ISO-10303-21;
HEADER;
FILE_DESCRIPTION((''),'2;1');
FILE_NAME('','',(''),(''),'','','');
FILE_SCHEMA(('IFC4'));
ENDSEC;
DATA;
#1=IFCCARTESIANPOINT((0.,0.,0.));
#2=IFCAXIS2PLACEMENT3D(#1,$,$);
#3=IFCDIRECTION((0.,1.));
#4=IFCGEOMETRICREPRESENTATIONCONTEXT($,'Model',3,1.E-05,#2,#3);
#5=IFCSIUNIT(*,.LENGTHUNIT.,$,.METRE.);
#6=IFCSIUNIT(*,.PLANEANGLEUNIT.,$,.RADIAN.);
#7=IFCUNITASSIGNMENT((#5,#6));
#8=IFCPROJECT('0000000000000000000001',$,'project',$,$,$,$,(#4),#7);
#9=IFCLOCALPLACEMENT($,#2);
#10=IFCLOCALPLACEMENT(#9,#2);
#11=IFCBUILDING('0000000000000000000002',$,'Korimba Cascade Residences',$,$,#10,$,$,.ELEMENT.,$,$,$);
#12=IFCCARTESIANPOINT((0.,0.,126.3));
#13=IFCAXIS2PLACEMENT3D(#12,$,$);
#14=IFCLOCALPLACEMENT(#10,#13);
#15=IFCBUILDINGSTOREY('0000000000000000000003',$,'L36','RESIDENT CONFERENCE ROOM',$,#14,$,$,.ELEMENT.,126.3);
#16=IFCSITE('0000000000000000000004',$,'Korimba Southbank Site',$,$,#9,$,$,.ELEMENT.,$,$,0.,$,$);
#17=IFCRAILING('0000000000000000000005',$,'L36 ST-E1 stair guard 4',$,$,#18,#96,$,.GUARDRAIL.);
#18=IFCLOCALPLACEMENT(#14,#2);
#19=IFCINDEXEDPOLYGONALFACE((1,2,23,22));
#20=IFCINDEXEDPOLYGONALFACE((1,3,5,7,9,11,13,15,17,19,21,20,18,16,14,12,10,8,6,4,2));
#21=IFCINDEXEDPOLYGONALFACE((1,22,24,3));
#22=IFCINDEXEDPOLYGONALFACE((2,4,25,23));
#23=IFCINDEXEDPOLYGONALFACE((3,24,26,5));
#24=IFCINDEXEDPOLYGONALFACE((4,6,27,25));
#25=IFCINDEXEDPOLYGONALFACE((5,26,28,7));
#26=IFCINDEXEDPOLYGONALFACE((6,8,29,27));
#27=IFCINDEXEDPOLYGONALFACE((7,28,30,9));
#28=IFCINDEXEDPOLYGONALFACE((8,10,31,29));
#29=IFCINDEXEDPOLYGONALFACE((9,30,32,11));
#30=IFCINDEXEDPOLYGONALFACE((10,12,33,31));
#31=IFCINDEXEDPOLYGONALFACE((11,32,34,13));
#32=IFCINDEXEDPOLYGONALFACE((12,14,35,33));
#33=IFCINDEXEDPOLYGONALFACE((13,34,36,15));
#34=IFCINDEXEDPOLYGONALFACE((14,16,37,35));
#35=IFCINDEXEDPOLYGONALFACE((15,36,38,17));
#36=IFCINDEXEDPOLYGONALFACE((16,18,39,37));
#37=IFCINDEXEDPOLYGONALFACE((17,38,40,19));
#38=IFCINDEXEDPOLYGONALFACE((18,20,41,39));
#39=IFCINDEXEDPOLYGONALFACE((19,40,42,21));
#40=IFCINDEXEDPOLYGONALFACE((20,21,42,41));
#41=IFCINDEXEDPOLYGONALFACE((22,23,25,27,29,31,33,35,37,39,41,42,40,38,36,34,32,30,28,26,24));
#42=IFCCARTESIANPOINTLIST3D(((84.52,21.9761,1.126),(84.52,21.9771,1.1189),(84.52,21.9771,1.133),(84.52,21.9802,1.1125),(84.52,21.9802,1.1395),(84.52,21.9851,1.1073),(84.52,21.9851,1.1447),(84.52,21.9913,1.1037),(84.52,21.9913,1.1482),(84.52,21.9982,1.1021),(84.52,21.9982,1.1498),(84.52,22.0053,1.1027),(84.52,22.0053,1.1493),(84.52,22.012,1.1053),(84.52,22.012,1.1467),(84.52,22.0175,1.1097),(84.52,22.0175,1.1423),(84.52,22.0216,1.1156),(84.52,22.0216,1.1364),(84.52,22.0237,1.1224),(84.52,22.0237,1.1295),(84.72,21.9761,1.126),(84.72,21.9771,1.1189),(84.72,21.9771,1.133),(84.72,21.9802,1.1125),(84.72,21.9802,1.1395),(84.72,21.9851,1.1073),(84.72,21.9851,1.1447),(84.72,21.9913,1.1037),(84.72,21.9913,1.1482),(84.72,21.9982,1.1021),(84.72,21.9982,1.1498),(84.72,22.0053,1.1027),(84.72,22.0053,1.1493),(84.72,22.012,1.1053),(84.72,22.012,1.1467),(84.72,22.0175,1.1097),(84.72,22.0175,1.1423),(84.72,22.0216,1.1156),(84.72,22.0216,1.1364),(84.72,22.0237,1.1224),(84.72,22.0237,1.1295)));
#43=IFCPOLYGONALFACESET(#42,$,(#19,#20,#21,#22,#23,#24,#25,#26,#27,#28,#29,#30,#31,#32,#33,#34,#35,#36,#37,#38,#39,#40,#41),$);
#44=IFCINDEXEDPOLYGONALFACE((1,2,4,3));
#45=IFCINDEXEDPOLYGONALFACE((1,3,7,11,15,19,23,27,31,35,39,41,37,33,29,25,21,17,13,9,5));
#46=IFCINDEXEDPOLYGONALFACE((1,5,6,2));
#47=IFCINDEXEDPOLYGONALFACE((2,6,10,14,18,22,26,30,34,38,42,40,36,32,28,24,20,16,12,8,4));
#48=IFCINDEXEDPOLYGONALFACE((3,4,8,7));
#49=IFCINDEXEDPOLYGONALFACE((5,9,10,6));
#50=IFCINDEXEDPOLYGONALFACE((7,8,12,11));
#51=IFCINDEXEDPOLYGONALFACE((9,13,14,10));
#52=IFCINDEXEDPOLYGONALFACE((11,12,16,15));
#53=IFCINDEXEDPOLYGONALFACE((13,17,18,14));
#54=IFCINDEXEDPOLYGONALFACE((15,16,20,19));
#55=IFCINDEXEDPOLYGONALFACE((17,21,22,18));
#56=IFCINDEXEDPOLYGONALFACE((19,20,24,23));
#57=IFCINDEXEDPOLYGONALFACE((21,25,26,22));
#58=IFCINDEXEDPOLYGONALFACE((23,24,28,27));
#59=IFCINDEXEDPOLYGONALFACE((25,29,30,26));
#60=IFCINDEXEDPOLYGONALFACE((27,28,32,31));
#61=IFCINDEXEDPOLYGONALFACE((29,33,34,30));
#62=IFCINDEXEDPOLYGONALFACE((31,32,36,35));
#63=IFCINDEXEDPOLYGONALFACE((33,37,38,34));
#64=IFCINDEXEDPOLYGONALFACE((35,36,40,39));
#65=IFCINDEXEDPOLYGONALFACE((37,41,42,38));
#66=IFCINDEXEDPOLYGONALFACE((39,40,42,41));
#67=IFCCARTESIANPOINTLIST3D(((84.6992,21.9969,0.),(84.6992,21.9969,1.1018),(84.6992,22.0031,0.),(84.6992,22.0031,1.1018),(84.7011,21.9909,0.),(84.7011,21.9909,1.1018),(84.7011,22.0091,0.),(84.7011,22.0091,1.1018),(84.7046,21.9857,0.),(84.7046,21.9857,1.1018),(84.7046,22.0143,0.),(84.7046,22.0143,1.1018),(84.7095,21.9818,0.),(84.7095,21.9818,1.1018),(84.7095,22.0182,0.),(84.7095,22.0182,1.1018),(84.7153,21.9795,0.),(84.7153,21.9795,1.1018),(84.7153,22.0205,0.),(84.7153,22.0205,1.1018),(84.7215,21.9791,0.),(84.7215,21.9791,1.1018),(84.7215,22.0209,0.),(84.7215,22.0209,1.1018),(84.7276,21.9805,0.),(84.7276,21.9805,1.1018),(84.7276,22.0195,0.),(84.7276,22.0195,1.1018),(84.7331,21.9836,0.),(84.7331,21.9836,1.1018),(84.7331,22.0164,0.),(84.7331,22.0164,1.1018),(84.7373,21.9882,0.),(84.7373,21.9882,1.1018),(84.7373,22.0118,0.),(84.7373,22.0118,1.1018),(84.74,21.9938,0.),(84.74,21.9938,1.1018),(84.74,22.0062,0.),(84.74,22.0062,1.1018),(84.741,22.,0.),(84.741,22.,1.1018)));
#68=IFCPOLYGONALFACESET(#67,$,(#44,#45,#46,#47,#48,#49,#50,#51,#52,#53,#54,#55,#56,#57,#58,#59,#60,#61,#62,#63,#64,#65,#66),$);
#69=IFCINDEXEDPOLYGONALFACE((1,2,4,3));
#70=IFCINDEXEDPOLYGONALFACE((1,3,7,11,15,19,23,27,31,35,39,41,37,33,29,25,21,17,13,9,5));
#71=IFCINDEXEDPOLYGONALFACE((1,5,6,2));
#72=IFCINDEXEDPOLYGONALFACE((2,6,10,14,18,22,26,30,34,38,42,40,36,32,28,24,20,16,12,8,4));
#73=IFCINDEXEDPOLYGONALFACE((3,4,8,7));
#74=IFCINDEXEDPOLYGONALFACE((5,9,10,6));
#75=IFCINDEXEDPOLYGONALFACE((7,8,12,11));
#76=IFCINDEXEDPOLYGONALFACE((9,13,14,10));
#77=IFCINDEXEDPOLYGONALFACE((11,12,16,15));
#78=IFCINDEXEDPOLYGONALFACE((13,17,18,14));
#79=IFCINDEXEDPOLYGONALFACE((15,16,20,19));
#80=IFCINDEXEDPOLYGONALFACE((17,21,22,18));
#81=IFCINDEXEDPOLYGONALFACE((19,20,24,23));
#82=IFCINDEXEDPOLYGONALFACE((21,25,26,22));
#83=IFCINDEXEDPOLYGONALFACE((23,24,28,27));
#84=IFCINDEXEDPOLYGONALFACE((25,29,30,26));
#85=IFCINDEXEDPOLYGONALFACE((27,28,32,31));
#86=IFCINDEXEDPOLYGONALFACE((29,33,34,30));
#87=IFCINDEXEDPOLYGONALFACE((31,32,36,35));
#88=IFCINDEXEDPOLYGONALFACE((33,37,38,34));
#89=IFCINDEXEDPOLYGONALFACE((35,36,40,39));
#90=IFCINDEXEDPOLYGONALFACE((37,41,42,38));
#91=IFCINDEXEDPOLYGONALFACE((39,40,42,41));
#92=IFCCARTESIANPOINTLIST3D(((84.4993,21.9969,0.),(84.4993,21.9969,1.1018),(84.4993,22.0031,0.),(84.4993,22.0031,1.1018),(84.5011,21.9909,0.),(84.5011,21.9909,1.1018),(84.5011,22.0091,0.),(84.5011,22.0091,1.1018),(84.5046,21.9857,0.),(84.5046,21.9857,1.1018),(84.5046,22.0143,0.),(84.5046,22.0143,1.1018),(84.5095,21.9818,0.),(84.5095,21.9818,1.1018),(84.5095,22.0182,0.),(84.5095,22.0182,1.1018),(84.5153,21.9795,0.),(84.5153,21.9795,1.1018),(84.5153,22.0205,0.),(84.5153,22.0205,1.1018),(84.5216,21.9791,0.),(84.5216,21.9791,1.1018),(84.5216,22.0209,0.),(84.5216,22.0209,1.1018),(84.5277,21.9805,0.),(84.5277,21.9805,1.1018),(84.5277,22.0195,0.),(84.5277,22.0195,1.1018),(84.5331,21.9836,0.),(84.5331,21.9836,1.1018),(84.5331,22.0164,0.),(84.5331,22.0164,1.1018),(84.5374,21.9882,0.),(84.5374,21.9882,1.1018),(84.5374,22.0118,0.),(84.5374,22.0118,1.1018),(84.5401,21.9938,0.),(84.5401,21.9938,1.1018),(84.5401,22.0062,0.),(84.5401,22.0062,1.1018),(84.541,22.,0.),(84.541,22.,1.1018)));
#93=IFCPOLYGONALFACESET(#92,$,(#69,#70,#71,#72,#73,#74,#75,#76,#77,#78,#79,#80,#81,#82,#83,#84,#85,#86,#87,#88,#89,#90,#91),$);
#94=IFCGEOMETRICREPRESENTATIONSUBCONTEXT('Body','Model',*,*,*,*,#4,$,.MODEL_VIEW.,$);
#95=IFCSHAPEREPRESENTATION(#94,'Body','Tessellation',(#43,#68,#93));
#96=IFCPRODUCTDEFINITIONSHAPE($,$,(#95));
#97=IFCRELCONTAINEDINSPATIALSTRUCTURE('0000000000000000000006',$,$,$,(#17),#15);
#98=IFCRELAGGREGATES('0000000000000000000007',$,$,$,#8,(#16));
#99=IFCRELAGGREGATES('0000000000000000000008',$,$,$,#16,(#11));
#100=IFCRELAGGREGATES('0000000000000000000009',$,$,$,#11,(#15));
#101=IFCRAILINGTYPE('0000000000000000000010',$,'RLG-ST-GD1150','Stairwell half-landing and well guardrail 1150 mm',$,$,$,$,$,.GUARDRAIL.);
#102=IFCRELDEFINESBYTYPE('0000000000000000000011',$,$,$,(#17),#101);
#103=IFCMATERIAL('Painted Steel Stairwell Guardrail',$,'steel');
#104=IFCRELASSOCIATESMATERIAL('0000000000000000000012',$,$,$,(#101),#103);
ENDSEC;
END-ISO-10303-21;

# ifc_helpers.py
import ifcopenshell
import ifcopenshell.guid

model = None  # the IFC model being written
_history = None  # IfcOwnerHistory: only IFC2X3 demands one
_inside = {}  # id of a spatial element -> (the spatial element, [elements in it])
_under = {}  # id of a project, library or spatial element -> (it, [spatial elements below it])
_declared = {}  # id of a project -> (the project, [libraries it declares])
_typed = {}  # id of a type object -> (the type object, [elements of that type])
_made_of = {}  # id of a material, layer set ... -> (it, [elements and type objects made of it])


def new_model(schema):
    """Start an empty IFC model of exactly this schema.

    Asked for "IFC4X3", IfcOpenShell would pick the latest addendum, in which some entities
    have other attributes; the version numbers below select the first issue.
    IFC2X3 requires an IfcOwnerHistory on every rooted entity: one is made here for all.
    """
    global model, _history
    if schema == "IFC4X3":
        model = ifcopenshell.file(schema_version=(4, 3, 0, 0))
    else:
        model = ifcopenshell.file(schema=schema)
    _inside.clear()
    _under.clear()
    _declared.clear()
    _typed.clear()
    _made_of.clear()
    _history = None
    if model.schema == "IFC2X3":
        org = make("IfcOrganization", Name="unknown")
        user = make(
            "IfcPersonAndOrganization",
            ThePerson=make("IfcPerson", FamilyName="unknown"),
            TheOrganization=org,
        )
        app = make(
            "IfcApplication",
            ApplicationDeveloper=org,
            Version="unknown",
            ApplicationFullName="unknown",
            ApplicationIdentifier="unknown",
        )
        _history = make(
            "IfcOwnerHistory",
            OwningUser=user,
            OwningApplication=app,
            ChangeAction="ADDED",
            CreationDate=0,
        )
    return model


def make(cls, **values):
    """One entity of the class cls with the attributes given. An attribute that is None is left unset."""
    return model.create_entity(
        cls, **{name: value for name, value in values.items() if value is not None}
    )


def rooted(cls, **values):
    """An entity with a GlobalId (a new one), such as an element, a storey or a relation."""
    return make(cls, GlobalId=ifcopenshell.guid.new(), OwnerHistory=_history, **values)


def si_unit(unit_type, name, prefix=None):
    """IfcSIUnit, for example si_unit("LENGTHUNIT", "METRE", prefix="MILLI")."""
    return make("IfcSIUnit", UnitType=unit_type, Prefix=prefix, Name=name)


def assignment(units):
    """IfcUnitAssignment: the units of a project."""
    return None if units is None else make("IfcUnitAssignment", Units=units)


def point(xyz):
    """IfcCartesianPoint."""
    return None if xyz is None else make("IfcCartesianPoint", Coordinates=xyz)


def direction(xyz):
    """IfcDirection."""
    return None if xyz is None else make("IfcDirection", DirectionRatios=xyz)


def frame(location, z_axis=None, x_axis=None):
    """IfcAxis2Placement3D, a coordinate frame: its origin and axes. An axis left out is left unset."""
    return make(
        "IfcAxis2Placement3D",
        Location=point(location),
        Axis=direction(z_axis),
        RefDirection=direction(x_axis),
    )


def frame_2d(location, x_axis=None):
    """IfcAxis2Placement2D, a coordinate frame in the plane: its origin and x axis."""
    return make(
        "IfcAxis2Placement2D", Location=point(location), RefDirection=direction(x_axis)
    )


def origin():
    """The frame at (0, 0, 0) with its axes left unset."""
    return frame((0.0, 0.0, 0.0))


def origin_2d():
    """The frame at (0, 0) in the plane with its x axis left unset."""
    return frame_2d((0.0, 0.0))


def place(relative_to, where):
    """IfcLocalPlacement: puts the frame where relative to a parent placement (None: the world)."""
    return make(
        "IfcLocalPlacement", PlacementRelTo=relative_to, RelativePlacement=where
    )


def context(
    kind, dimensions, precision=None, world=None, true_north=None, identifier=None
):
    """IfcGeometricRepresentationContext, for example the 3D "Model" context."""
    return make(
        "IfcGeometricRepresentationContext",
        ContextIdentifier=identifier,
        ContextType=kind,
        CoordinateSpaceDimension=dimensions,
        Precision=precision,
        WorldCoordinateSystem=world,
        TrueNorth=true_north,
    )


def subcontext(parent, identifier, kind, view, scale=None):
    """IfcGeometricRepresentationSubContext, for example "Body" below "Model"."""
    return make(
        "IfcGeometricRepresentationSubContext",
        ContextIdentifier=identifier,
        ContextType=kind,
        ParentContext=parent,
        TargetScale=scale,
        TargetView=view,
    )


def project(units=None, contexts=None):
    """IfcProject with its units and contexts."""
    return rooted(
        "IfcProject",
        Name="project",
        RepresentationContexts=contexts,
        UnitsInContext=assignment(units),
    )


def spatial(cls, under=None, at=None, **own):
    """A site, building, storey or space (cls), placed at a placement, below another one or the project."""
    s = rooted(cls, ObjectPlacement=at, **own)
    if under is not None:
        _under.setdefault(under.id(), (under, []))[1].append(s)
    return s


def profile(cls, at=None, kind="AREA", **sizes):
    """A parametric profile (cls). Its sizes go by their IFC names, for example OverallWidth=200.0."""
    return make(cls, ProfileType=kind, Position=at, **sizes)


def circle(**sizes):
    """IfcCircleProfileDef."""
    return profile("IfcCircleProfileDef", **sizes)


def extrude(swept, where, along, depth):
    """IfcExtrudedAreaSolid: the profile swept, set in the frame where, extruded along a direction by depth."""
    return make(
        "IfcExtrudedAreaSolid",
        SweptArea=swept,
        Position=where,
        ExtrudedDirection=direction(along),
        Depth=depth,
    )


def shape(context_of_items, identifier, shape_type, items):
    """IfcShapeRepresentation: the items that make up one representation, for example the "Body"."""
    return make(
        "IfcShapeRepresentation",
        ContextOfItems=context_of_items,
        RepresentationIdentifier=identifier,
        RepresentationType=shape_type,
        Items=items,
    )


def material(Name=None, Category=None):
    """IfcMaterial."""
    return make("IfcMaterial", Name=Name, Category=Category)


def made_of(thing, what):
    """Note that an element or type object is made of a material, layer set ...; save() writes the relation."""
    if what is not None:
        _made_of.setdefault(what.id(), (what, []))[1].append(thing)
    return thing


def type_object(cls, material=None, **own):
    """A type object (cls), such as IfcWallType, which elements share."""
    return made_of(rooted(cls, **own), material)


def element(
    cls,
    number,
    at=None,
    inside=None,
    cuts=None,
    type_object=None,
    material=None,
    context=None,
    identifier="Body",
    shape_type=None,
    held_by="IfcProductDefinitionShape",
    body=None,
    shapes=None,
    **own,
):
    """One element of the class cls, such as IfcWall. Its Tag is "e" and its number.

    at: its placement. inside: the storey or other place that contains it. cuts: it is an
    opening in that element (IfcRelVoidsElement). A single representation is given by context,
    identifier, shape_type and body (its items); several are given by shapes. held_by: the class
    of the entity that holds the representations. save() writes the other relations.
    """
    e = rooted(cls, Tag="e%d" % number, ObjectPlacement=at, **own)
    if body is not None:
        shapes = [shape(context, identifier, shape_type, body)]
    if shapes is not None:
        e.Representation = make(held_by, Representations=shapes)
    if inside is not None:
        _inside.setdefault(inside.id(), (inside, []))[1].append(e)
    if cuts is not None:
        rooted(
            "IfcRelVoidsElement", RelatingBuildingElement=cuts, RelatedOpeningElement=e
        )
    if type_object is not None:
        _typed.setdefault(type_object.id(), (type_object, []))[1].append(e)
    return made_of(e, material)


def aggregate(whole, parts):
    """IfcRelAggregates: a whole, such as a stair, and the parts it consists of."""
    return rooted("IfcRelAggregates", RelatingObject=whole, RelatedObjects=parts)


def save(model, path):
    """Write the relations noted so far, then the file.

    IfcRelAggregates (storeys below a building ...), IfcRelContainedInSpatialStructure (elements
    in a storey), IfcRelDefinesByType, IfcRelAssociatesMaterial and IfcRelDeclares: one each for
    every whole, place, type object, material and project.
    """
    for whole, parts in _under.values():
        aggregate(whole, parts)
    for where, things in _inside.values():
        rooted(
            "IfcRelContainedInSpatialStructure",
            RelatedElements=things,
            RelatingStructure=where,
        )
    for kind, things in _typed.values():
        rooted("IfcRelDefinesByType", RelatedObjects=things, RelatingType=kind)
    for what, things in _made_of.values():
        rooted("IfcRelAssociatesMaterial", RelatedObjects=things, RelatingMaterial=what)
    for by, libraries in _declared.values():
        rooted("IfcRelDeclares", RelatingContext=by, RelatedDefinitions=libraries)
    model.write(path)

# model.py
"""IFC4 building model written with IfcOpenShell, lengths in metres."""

from ifc_helpers import new_model, si_unit, direction, frame, origin, origin_2d, place, context, subcontext, project, spatial, circle, extrude, material, type_object, element, save


model = new_model("IFC4")

# Units and contexts
model_context = context("Model", 3, precision=1e-05, world=origin(), true_north=direction((0.0, 1.0)))
body_context = subcontext(model_context, "Body", "Model", "MODEL_VIEW")
ifc_project = project(units=[si_unit("LENGTHUNIT", "METRE"), si_unit("PLANEANGLEUNIT", "RADIAN")], contexts=[model_context])

# Site, building, storey
site_placement = place(None, origin())
site = spatial("IfcSite", under=ifc_project, at=site_placement, Name="Korimba Southbank Site", CompositionType="ELEMENT", RefElevation=0.0)
building_placement = place(site_placement, origin())
building = spatial("IfcBuilding", under=site, at=building_placement, Name="Korimba Cascade Residences", CompositionType="ELEMENT")
storey_placement = place(building_placement, frame((0.0, 0.0, 126.3)))
storey = spatial("IfcBuildingStorey", under=building, at=storey_placement, Name="L36", Description="RESIDENT CONFERENCE ROOM", CompositionType="ELEMENT", Elevation=126.3)

# Railing
ifc_material_1 = material(Name="Painted Steel Stairwell Guardrail", Category="steel")
railing_type_1 = type_object("IfcRailingType", Name="RLG-ST-GD1150", Description="Stairwell half-landing and well guardrail 1150 mm", PredefinedType="GUARDRAIL", material=ifc_material_1)
railing_1_placement = place(storey_placement, frame((84.72, 22.0, 0.0)))
element("IfcRailing", 1, at=railing_1_placement, inside=storey, type_object=railing_type_1, Name="L36 ST-E1 stair guard 4", PredefinedType="GUARDRAIL", context=body_context, shape_type="SweptSolid", body=[
    extrude(circle(Radius=0.0239, at=origin_2d()), frame((0.0, 0.0, 1.126), z_axis=(-1.0, 0.0, 0.0), x_axis=(0.0, -1.0, 0.0)), (0.0, 0.0, 1.0), 0.2),
    extrude(circle(Radius=0.021, at=origin_2d()), origin(), (0.0, 0.0, 1.0), 1.1018),
    extrude(circle(Radius=0.021, at=origin_2d()), frame((-0.2, 0.0, 0.0)), (0.0, 0.0, 1.0), 1.1018),
])

save(model, "model.ifc")
